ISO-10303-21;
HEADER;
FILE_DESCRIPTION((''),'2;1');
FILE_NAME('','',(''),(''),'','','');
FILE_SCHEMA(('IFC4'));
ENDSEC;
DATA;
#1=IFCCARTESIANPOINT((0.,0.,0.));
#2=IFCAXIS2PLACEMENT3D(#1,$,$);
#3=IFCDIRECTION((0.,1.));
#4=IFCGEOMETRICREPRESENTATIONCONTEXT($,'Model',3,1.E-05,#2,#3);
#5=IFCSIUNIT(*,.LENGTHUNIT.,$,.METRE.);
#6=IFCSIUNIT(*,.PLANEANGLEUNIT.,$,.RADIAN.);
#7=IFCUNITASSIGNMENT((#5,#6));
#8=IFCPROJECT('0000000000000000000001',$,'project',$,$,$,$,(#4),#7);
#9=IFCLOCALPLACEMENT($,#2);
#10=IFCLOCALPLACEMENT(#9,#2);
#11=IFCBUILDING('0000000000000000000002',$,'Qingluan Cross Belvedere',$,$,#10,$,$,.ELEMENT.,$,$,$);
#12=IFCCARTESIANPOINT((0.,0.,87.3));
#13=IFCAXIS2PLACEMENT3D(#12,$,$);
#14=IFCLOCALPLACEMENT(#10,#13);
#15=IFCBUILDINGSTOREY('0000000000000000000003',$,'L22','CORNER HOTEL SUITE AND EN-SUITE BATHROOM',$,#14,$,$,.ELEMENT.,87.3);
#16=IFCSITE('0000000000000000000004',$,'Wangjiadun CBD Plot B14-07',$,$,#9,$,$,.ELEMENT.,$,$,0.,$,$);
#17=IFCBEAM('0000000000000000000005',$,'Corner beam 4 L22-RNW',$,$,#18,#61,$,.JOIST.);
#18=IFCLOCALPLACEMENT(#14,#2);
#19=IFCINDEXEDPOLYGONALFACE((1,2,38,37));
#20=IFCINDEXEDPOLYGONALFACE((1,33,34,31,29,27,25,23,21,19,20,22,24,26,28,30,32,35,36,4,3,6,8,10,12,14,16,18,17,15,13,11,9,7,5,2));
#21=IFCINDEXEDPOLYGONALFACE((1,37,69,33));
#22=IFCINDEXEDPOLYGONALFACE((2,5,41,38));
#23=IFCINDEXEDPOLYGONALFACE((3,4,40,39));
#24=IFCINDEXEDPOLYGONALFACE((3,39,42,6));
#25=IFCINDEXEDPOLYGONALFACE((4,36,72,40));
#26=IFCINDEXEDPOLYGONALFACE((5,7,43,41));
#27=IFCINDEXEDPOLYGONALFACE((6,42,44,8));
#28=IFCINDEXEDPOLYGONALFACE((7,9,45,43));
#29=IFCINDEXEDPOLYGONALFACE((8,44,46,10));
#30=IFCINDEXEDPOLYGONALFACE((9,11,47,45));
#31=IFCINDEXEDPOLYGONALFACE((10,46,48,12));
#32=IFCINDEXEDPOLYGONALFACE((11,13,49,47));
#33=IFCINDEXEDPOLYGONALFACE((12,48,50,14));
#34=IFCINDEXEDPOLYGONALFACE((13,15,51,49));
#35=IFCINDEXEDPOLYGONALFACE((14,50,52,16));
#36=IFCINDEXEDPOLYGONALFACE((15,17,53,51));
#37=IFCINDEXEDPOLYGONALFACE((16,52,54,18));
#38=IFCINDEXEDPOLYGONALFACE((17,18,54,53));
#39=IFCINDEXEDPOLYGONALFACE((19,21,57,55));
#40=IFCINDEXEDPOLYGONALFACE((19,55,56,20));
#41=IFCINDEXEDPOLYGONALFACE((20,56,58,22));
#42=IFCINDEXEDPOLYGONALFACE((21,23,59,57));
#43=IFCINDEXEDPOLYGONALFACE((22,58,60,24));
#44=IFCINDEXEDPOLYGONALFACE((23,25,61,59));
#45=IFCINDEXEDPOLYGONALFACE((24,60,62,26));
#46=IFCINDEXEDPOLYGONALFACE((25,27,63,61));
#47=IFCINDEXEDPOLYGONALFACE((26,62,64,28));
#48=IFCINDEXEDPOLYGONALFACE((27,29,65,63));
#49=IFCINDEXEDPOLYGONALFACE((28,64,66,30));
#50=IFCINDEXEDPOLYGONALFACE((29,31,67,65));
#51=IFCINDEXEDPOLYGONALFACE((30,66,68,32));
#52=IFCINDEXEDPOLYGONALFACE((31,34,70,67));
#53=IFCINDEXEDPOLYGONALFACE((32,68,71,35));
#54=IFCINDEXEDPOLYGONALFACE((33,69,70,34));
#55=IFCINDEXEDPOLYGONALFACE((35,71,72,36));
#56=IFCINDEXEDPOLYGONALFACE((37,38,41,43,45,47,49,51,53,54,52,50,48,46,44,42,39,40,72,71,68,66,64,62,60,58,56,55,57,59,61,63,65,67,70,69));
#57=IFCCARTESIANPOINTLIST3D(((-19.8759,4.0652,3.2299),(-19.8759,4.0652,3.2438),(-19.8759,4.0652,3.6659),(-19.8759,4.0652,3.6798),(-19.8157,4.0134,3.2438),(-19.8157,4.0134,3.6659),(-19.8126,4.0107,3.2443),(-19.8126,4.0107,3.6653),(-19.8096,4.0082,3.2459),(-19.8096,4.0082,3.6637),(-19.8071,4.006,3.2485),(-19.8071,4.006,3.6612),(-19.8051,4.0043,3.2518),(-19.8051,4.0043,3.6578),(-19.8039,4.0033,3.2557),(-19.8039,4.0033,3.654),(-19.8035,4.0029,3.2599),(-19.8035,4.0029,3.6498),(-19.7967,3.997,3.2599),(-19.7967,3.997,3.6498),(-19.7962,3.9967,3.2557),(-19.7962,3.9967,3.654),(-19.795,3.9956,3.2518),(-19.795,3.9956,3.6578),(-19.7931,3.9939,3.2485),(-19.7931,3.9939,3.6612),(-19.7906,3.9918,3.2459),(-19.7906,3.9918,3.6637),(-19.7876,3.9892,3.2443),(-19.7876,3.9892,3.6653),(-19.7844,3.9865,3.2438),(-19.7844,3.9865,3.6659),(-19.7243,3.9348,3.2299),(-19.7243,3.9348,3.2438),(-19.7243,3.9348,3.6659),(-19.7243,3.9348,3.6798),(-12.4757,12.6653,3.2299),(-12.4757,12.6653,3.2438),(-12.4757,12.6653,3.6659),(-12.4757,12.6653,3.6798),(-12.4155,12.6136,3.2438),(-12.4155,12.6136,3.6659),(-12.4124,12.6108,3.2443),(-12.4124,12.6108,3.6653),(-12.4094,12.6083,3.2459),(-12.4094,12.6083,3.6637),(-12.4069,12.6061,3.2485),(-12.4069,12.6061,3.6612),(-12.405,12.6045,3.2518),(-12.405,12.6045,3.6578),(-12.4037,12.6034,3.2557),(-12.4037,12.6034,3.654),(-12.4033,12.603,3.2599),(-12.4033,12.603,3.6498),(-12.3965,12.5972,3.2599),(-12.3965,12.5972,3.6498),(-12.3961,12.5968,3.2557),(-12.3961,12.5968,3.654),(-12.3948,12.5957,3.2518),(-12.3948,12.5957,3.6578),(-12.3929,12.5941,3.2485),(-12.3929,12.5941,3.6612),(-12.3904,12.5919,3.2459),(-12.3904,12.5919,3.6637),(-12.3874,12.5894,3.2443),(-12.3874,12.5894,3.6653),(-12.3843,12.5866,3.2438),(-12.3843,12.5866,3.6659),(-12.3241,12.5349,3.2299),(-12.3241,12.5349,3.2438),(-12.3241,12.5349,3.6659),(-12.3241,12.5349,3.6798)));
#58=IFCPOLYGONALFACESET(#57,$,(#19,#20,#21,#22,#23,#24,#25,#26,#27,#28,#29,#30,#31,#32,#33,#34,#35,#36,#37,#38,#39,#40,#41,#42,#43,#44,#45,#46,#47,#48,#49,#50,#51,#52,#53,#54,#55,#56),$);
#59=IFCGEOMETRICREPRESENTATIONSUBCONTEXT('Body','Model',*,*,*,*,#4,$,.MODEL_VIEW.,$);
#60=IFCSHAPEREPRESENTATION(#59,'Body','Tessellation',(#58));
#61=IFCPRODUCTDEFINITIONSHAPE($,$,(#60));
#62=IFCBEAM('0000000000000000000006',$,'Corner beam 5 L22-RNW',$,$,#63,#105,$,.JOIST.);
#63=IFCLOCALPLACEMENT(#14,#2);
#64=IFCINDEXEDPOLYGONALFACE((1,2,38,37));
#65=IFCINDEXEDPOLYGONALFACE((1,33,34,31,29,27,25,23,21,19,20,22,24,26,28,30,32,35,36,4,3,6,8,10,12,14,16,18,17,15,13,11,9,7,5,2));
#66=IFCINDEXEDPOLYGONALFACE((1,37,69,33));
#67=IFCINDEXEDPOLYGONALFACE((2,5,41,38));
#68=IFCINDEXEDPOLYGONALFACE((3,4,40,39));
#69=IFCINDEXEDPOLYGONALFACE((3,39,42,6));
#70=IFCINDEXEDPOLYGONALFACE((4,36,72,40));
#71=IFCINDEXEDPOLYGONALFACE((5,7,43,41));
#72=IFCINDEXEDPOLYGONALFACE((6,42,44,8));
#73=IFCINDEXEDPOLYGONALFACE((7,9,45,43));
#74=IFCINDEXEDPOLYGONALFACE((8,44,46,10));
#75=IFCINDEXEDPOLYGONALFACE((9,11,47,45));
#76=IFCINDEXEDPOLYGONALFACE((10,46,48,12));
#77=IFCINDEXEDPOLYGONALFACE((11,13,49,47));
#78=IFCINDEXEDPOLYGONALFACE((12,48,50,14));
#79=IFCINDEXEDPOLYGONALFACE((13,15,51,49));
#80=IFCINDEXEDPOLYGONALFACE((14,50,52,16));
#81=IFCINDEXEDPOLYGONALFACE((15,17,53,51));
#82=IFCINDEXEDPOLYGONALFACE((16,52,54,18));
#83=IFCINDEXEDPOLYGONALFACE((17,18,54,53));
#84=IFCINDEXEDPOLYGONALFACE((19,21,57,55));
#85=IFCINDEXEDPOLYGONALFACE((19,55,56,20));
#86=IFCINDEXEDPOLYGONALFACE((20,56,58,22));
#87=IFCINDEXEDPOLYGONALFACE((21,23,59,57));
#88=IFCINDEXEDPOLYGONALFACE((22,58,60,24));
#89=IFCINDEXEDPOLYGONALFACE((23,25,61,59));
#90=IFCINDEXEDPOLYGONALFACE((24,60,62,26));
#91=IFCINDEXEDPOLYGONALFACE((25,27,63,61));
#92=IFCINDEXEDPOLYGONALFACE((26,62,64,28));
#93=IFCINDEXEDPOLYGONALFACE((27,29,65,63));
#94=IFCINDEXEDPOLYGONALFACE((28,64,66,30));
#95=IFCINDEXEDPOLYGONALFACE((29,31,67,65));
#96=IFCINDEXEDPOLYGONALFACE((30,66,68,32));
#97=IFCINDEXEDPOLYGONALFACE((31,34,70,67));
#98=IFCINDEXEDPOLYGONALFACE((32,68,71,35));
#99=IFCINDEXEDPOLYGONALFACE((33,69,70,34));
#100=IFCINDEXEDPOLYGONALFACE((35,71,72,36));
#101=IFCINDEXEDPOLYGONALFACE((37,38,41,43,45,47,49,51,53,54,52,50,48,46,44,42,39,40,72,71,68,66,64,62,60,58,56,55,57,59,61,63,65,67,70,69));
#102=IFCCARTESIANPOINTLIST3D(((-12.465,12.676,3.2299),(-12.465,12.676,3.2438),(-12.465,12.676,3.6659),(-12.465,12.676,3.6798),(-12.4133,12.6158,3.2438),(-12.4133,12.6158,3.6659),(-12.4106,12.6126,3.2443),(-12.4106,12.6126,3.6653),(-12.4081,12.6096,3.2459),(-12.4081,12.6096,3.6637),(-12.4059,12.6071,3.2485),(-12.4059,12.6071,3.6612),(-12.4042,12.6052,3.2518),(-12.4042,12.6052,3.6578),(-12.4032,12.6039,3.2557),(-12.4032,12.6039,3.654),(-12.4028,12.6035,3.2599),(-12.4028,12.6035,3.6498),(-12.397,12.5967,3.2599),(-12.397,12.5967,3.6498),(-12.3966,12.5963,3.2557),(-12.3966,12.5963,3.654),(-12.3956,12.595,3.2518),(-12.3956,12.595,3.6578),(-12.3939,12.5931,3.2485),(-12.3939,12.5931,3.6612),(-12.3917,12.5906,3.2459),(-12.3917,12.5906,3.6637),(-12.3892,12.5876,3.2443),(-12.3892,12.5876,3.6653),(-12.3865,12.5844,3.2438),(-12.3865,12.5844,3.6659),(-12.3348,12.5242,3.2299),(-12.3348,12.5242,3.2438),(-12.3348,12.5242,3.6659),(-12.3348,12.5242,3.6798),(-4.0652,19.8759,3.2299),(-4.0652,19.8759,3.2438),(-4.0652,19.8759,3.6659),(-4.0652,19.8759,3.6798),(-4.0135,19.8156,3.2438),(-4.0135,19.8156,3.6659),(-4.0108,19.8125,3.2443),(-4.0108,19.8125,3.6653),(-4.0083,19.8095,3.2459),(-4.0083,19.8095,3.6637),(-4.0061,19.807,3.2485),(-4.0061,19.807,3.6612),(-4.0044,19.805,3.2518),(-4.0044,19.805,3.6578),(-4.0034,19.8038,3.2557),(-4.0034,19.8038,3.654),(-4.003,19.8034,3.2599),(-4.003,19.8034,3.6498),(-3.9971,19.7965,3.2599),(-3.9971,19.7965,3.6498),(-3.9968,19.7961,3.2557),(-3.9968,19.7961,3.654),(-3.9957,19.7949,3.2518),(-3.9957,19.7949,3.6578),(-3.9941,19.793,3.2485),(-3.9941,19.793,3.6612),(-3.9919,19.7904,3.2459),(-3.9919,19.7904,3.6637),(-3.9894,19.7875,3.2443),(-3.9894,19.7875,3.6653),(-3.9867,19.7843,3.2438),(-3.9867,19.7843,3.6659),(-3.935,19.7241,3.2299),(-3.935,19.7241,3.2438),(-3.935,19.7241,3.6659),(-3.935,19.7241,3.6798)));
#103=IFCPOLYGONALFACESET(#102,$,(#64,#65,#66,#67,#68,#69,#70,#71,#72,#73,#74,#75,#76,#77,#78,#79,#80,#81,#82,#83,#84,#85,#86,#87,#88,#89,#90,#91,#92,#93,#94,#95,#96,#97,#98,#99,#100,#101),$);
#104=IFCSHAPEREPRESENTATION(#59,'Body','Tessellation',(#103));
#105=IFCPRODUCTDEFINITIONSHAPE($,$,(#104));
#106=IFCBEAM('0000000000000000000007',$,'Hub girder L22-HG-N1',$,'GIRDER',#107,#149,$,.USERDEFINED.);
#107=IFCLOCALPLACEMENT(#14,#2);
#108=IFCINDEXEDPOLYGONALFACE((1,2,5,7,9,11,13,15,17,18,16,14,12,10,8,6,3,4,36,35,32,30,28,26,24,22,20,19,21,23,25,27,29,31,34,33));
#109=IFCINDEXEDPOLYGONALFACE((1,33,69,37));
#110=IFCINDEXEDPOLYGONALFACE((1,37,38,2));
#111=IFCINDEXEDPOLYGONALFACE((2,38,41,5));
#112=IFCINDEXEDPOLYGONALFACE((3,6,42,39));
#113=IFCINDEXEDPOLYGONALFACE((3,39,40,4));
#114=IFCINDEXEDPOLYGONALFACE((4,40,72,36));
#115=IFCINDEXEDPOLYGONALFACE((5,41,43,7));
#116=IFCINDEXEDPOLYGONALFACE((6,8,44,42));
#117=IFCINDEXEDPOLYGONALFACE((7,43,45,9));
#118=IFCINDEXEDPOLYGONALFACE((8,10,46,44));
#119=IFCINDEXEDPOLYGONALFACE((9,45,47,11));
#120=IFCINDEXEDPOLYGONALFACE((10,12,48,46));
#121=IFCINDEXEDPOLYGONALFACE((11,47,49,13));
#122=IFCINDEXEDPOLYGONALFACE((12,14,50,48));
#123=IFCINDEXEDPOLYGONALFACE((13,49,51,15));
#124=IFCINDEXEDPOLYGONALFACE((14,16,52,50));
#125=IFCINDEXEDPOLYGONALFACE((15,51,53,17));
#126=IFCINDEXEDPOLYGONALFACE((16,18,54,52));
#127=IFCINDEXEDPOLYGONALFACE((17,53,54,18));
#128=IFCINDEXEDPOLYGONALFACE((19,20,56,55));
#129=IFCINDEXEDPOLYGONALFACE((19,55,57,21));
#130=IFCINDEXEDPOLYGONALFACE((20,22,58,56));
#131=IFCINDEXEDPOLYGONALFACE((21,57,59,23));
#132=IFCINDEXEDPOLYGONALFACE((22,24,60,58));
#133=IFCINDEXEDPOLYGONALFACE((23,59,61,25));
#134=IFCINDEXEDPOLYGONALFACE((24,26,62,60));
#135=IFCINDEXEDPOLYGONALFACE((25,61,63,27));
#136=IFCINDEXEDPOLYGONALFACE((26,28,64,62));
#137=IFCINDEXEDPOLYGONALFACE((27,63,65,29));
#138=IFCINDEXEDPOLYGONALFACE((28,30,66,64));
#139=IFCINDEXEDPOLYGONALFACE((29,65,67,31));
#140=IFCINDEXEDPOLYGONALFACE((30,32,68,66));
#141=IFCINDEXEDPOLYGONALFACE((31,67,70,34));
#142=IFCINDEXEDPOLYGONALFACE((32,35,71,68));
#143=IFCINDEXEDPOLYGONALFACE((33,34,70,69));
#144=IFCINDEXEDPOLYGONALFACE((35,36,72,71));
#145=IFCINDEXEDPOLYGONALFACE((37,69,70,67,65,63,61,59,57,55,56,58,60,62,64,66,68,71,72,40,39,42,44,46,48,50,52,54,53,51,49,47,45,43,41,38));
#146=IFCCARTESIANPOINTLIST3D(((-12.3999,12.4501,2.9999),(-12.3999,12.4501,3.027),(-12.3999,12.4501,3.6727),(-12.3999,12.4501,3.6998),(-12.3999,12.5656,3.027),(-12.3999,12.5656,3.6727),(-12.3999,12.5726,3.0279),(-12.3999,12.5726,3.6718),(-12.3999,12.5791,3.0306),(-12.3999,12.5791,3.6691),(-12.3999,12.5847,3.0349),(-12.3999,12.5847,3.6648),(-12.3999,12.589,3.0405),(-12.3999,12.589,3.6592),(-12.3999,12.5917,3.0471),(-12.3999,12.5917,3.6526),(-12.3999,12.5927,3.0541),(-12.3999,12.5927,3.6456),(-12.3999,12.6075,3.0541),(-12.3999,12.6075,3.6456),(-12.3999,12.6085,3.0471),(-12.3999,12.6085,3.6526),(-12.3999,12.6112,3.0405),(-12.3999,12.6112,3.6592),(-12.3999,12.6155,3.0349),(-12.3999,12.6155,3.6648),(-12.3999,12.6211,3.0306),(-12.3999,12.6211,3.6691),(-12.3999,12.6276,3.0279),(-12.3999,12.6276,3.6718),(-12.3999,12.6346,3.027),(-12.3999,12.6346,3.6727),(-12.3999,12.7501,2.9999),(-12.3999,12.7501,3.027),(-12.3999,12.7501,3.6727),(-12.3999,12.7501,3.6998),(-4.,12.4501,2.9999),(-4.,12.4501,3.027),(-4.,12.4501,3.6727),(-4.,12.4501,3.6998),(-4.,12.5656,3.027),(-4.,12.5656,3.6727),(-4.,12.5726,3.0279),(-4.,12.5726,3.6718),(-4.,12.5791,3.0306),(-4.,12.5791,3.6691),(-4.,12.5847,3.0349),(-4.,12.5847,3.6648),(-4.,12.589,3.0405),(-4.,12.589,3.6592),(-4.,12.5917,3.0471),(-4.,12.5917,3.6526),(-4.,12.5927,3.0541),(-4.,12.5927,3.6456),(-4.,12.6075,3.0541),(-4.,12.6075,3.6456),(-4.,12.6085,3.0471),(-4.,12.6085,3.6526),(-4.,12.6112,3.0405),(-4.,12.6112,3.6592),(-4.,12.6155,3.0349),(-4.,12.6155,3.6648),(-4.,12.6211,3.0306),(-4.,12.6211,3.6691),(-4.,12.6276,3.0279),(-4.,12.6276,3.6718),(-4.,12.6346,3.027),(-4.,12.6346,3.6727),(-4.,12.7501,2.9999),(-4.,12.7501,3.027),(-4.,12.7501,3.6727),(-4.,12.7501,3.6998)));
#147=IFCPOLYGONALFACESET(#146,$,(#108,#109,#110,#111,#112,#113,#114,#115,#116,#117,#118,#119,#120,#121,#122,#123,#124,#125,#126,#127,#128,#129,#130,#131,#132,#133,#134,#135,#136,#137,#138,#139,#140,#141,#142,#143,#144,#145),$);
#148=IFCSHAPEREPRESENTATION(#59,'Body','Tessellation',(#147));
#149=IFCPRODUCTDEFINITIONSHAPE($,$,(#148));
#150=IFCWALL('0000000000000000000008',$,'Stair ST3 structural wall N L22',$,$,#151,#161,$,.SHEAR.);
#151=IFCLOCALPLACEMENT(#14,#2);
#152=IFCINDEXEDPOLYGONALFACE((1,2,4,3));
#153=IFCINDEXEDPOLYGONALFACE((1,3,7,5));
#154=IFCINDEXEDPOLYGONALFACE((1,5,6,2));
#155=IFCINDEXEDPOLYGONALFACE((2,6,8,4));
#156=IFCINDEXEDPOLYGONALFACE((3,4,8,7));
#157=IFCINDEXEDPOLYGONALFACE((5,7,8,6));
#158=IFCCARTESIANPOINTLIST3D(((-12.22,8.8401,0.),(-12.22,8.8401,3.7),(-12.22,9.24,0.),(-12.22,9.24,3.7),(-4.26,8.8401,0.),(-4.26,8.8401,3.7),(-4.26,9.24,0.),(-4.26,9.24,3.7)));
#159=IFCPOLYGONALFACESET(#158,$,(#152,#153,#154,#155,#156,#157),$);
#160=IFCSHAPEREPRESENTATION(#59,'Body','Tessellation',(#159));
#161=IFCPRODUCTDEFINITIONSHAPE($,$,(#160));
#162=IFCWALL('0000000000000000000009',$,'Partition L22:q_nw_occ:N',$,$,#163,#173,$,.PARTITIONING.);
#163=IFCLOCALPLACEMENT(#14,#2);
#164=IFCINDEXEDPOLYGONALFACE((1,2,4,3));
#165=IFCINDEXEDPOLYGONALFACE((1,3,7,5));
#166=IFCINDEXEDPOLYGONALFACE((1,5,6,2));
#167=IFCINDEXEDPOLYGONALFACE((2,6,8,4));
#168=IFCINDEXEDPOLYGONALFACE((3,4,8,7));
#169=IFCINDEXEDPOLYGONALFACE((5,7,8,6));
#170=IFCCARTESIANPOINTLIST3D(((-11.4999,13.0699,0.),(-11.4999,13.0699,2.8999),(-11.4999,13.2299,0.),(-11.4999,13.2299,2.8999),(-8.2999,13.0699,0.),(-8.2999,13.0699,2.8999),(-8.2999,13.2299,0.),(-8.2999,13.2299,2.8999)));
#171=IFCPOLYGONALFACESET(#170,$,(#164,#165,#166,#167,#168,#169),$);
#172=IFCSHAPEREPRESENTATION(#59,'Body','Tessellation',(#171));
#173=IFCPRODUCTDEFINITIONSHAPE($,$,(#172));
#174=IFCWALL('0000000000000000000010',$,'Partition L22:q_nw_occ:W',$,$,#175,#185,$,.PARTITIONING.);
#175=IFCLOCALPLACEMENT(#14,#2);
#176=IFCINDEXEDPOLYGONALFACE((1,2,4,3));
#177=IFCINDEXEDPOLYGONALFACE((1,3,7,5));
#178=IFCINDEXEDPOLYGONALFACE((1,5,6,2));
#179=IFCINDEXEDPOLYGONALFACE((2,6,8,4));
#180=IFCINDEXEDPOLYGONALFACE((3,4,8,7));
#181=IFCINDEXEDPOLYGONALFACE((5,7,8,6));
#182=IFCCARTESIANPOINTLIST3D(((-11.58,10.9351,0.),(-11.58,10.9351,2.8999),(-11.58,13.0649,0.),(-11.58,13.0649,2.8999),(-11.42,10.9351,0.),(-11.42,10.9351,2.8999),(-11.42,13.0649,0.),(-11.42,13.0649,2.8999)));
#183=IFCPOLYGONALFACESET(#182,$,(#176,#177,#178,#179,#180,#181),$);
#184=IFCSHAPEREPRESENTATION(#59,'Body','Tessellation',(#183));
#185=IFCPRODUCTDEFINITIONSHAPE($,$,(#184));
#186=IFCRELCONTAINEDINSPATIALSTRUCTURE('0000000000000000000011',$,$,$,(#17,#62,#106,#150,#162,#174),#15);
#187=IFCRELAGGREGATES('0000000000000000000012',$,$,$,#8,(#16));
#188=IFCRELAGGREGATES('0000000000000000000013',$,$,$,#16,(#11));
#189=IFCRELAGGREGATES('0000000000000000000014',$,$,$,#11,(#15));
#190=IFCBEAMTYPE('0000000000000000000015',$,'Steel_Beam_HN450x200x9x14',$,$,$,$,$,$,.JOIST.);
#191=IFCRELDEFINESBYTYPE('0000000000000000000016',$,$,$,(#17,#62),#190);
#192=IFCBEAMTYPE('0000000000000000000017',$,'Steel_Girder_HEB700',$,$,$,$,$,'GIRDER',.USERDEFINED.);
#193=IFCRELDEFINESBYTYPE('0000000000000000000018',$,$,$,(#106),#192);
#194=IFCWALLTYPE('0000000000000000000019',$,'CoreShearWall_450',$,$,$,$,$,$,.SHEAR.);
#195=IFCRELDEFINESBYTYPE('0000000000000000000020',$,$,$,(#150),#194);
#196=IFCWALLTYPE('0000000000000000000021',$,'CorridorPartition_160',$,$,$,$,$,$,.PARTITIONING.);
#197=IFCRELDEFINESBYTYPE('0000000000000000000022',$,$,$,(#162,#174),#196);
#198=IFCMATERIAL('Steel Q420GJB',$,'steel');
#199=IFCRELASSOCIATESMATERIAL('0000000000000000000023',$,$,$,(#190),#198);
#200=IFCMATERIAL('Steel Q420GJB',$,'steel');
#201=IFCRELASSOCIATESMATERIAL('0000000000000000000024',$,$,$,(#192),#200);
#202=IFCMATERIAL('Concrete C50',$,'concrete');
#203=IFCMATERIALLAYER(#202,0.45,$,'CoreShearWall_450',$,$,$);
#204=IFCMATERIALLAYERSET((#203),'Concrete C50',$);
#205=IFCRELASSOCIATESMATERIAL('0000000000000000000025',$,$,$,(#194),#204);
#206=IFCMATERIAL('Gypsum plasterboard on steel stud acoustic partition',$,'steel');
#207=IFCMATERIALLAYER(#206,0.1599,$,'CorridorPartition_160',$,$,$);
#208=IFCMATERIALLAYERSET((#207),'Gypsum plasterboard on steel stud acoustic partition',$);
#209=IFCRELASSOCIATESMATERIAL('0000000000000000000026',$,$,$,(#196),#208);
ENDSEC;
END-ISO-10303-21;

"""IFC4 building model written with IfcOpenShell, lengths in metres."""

from ifc_helpers import new_model, si_unit, direction, frame, frame_2d, origin, origin_2d, place, context, subcontext, project, spatial, rectangle, i_section, extrude, material, layer, layer_set, material_profile, profile_set, type_object, element, save


model = new_model("IFC4")

# Units and contexts
model_context = context("Model", 3, precision=1e-05, world=origin(), true_north=direction((0.0, 1.0)))
body_context = subcontext(model_context, "Body", "Model", "MODEL_VIEW")
ifc_project = project(units=[si_unit("LENGTHUNIT", "METRE"), si_unit("PLANEANGLEUNIT", "RADIAN")], contexts=[model_context])

# Site, building, storey
site_placement = place(None, origin())
site = spatial("IfcSite", under=ifc_project, at=site_placement, Name="Wangjiadun CBD Plot B14-07", CompositionType="ELEMENT", RefElevation=0.0)
building_placement = place(site_placement, origin())
building = spatial("IfcBuilding", under=site, at=building_placement, Name="Qingluan Cross Belvedere", CompositionType="ELEMENT")
storey_placement = place(building_placement, frame((0.0, 0.0, 87.3)))
storey = spatial("IfcBuildingStorey", under=building, at=storey_placement, Name="L22", Description="CORNER HOTEL SUITE AND EN-SUITE BATHROOM", CompositionType="ELEMENT", Elevation=87.3)

# Beams
ifc_material_1 = material(Name="Steel Q420GJB", Category="steel")
ifc_material_profile_1 = material_profile(ifc_material_1, i_section(OverallWidth=0.2, OverallDepth=0.45, WebThickness=0.009, FlangeThickness=0.0139, FilletRadius=0.0161, at=origin_2d()), Name="HN450x200x9x14")
ifc_profile_set_1 = profile_set([ifc_material_profile_1], Name="Steel Q420GJB")
beam_type_1 = type_object("IfcBeamType", Name="Steel_Beam_HN450x200x9x14", PredefinedType="JOIST", material=ifc_profile_set_1)
beam_1_placement = place(storey_placement, frame((-12.3999, 12.6001, 3.4548), z_axis=(-0.652245, -0.758008, 0.0), x_axis=(0.758008, -0.652245, 0.0)))
element("IfcBeam", 1, at=beam_1_placement, inside=storey, type_object=beam_type_1, Name="Corner beam 4 L22-RNW", PredefinedType="JOIST", context=body_context, shape_type="SweptSolid", body=[
    extrude(i_section(OverallWidth=0.2, OverallDepth=0.45, WebThickness=0.009, FlangeThickness=0.0139, FilletRadius=0.0161, at=origin_2d()), origin(), (0.0, 0.0, 1.0), 11.3457),
])
beam_2_placement = place(storey_placement, frame((-12.3999, 12.6001, 3.4548), z_axis=(0.759255, 0.650793, 0.0), x_axis=(-0.650793, 0.759255, 0.0)))
element("IfcBeam", 2, at=beam_2_placement, inside=storey, type_object=beam_type_1, Name="Corner beam 5 L22-RNW", PredefinedType="JOIST", context=body_context, shape_type="SweptSolid", body=[
    extrude(i_section(OverallWidth=0.2, OverallDepth=0.45, WebThickness=0.009, FlangeThickness=0.0139, FilletRadius=0.0161, at=origin_2d()), origin(), (0.0, 0.0, 1.0), 11.0632),
])
ifc_material_2 = material(Name="Steel Q420GJB", Category="steel")
ifc_material_profile_2 = material_profile(ifc_material_2, i_section(OverallWidth=0.3, OverallDepth=0.7, WebThickness=0.0149, FlangeThickness=0.0271, FilletRadius=0.0271, at=origin_2d()), Name="HEB700")
ifc_profile_set_2 = profile_set([ifc_material_profile_2], Name="Steel Q420GJB")
beam_type_2 = type_object("IfcBeamType", Name="Steel_Girder_HEB700", ElementType="GIRDER", PredefinedType="USERDEFINED", material=ifc_profile_set_2)
beam_3_placement = place(storey_placement, frame((-12.3999, 12.6001, 3.3499), z_axis=(1.0, 0.0, 0.0), x_axis=(0.0, 1.0, 0.0)))
element("IfcBeam", 3, at=beam_3_placement, inside=storey, type_object=beam_type_2, Name="Hub girder L22-HG-N1", ObjectType="GIRDER", PredefinedType="USERDEFINED", context=body_context, shape_type="SweptSolid", body=[
    extrude(i_section(OverallWidth=0.3, OverallDepth=0.7, WebThickness=0.0149, FlangeThickness=0.0271, FilletRadius=0.0271, at=origin_2d()), origin(), (0.0, 0.0, 1.0), 8.3999),
])

# Wall
ifc_material_3 = material(Name="Concrete C50", Category="concrete")
ifc_layer_1 = layer(ifc_material_3, 0.45, Name="CoreShearWall_450")
ifc_layer_set_1 = layer_set([ifc_layer_1], Name="Concrete C50")
wall_type_1 = type_object("IfcWallType", Name="CoreShearWall_450", PredefinedType="SHEAR", material=ifc_layer_set_1)
wall_1_placement = place(storey_placement, frame((-12.22, 9.04, 0.0), z_axis=(0.0, 0.0, 1.0), x_axis=(1.0, 0.0, 0.0)))
element("IfcWall", 4, at=wall_1_placement, inside=storey, type_object=wall_type_1, Name="Stair ST3 structural wall N L22", PredefinedType="SHEAR", context=body_context, shape_type="SweptSolid", body=[
    extrude(rectangle(XDim=7.96, YDim=0.3999, at=frame_2d((3.98, 0.0))), origin(), (0.0, 0.0, 1.0), 3.7),
])

# Shared definitions
ifc_material_4 = material(Name="Gypsum plasterboard on steel stud acoustic partition", Category="steel")
ifc_layer_2 = layer(ifc_material_4, 0.1599, Name="CorridorPartition_160")
ifc_layer_set_2 = layer_set([ifc_layer_2], Name="Gypsum plasterboard on steel stud acoustic partition")
wall_type_2 = type_object("IfcWallType", Name="CorridorPartition_160", PredefinedType="PARTITIONING", material=ifc_layer_set_2)

# Walls
wall_2_placement = place(storey_placement, frame((-11.5, 13.1499, 0.0), z_axis=(0.0, 0.0, 1.0), x_axis=(1.0, 0.0, 0.0)))
element("IfcWall", 5, at=wall_2_placement, inside=storey, type_object=wall_type_2, Name="Partition L22:q_nw_occ:N", PredefinedType="PARTITIONING", context=body_context, shape_type="SweptSolid", body=[
    extrude(rectangle(XDim=3.2, YDim=0.1599, at=frame_2d((1.6001, 0.0))), origin(), (0.0, 0.0, 1.0), 2.8999),
])
wall_3_placement = place(storey_placement, frame((-11.5, 10.9351, 0.0), z_axis=(0.0, 0.0, 1.0), x_axis=(0.0, 1.0, 0.0)))
element("IfcWall", 6, at=wall_3_placement, inside=storey, type_object=wall_type_2, Name="Partition L22:q_nw_occ:W", PredefinedType="PARTITIONING", context=body_context, shape_type="SweptSolid", body=[
    extrude(rectangle(XDim=2.1299, YDim=0.1599, at=frame_2d((1.0649, 0.0))), origin(), (0.0, 0.0, 1.0), 2.8999),
])

save(model, "model.ifc")
